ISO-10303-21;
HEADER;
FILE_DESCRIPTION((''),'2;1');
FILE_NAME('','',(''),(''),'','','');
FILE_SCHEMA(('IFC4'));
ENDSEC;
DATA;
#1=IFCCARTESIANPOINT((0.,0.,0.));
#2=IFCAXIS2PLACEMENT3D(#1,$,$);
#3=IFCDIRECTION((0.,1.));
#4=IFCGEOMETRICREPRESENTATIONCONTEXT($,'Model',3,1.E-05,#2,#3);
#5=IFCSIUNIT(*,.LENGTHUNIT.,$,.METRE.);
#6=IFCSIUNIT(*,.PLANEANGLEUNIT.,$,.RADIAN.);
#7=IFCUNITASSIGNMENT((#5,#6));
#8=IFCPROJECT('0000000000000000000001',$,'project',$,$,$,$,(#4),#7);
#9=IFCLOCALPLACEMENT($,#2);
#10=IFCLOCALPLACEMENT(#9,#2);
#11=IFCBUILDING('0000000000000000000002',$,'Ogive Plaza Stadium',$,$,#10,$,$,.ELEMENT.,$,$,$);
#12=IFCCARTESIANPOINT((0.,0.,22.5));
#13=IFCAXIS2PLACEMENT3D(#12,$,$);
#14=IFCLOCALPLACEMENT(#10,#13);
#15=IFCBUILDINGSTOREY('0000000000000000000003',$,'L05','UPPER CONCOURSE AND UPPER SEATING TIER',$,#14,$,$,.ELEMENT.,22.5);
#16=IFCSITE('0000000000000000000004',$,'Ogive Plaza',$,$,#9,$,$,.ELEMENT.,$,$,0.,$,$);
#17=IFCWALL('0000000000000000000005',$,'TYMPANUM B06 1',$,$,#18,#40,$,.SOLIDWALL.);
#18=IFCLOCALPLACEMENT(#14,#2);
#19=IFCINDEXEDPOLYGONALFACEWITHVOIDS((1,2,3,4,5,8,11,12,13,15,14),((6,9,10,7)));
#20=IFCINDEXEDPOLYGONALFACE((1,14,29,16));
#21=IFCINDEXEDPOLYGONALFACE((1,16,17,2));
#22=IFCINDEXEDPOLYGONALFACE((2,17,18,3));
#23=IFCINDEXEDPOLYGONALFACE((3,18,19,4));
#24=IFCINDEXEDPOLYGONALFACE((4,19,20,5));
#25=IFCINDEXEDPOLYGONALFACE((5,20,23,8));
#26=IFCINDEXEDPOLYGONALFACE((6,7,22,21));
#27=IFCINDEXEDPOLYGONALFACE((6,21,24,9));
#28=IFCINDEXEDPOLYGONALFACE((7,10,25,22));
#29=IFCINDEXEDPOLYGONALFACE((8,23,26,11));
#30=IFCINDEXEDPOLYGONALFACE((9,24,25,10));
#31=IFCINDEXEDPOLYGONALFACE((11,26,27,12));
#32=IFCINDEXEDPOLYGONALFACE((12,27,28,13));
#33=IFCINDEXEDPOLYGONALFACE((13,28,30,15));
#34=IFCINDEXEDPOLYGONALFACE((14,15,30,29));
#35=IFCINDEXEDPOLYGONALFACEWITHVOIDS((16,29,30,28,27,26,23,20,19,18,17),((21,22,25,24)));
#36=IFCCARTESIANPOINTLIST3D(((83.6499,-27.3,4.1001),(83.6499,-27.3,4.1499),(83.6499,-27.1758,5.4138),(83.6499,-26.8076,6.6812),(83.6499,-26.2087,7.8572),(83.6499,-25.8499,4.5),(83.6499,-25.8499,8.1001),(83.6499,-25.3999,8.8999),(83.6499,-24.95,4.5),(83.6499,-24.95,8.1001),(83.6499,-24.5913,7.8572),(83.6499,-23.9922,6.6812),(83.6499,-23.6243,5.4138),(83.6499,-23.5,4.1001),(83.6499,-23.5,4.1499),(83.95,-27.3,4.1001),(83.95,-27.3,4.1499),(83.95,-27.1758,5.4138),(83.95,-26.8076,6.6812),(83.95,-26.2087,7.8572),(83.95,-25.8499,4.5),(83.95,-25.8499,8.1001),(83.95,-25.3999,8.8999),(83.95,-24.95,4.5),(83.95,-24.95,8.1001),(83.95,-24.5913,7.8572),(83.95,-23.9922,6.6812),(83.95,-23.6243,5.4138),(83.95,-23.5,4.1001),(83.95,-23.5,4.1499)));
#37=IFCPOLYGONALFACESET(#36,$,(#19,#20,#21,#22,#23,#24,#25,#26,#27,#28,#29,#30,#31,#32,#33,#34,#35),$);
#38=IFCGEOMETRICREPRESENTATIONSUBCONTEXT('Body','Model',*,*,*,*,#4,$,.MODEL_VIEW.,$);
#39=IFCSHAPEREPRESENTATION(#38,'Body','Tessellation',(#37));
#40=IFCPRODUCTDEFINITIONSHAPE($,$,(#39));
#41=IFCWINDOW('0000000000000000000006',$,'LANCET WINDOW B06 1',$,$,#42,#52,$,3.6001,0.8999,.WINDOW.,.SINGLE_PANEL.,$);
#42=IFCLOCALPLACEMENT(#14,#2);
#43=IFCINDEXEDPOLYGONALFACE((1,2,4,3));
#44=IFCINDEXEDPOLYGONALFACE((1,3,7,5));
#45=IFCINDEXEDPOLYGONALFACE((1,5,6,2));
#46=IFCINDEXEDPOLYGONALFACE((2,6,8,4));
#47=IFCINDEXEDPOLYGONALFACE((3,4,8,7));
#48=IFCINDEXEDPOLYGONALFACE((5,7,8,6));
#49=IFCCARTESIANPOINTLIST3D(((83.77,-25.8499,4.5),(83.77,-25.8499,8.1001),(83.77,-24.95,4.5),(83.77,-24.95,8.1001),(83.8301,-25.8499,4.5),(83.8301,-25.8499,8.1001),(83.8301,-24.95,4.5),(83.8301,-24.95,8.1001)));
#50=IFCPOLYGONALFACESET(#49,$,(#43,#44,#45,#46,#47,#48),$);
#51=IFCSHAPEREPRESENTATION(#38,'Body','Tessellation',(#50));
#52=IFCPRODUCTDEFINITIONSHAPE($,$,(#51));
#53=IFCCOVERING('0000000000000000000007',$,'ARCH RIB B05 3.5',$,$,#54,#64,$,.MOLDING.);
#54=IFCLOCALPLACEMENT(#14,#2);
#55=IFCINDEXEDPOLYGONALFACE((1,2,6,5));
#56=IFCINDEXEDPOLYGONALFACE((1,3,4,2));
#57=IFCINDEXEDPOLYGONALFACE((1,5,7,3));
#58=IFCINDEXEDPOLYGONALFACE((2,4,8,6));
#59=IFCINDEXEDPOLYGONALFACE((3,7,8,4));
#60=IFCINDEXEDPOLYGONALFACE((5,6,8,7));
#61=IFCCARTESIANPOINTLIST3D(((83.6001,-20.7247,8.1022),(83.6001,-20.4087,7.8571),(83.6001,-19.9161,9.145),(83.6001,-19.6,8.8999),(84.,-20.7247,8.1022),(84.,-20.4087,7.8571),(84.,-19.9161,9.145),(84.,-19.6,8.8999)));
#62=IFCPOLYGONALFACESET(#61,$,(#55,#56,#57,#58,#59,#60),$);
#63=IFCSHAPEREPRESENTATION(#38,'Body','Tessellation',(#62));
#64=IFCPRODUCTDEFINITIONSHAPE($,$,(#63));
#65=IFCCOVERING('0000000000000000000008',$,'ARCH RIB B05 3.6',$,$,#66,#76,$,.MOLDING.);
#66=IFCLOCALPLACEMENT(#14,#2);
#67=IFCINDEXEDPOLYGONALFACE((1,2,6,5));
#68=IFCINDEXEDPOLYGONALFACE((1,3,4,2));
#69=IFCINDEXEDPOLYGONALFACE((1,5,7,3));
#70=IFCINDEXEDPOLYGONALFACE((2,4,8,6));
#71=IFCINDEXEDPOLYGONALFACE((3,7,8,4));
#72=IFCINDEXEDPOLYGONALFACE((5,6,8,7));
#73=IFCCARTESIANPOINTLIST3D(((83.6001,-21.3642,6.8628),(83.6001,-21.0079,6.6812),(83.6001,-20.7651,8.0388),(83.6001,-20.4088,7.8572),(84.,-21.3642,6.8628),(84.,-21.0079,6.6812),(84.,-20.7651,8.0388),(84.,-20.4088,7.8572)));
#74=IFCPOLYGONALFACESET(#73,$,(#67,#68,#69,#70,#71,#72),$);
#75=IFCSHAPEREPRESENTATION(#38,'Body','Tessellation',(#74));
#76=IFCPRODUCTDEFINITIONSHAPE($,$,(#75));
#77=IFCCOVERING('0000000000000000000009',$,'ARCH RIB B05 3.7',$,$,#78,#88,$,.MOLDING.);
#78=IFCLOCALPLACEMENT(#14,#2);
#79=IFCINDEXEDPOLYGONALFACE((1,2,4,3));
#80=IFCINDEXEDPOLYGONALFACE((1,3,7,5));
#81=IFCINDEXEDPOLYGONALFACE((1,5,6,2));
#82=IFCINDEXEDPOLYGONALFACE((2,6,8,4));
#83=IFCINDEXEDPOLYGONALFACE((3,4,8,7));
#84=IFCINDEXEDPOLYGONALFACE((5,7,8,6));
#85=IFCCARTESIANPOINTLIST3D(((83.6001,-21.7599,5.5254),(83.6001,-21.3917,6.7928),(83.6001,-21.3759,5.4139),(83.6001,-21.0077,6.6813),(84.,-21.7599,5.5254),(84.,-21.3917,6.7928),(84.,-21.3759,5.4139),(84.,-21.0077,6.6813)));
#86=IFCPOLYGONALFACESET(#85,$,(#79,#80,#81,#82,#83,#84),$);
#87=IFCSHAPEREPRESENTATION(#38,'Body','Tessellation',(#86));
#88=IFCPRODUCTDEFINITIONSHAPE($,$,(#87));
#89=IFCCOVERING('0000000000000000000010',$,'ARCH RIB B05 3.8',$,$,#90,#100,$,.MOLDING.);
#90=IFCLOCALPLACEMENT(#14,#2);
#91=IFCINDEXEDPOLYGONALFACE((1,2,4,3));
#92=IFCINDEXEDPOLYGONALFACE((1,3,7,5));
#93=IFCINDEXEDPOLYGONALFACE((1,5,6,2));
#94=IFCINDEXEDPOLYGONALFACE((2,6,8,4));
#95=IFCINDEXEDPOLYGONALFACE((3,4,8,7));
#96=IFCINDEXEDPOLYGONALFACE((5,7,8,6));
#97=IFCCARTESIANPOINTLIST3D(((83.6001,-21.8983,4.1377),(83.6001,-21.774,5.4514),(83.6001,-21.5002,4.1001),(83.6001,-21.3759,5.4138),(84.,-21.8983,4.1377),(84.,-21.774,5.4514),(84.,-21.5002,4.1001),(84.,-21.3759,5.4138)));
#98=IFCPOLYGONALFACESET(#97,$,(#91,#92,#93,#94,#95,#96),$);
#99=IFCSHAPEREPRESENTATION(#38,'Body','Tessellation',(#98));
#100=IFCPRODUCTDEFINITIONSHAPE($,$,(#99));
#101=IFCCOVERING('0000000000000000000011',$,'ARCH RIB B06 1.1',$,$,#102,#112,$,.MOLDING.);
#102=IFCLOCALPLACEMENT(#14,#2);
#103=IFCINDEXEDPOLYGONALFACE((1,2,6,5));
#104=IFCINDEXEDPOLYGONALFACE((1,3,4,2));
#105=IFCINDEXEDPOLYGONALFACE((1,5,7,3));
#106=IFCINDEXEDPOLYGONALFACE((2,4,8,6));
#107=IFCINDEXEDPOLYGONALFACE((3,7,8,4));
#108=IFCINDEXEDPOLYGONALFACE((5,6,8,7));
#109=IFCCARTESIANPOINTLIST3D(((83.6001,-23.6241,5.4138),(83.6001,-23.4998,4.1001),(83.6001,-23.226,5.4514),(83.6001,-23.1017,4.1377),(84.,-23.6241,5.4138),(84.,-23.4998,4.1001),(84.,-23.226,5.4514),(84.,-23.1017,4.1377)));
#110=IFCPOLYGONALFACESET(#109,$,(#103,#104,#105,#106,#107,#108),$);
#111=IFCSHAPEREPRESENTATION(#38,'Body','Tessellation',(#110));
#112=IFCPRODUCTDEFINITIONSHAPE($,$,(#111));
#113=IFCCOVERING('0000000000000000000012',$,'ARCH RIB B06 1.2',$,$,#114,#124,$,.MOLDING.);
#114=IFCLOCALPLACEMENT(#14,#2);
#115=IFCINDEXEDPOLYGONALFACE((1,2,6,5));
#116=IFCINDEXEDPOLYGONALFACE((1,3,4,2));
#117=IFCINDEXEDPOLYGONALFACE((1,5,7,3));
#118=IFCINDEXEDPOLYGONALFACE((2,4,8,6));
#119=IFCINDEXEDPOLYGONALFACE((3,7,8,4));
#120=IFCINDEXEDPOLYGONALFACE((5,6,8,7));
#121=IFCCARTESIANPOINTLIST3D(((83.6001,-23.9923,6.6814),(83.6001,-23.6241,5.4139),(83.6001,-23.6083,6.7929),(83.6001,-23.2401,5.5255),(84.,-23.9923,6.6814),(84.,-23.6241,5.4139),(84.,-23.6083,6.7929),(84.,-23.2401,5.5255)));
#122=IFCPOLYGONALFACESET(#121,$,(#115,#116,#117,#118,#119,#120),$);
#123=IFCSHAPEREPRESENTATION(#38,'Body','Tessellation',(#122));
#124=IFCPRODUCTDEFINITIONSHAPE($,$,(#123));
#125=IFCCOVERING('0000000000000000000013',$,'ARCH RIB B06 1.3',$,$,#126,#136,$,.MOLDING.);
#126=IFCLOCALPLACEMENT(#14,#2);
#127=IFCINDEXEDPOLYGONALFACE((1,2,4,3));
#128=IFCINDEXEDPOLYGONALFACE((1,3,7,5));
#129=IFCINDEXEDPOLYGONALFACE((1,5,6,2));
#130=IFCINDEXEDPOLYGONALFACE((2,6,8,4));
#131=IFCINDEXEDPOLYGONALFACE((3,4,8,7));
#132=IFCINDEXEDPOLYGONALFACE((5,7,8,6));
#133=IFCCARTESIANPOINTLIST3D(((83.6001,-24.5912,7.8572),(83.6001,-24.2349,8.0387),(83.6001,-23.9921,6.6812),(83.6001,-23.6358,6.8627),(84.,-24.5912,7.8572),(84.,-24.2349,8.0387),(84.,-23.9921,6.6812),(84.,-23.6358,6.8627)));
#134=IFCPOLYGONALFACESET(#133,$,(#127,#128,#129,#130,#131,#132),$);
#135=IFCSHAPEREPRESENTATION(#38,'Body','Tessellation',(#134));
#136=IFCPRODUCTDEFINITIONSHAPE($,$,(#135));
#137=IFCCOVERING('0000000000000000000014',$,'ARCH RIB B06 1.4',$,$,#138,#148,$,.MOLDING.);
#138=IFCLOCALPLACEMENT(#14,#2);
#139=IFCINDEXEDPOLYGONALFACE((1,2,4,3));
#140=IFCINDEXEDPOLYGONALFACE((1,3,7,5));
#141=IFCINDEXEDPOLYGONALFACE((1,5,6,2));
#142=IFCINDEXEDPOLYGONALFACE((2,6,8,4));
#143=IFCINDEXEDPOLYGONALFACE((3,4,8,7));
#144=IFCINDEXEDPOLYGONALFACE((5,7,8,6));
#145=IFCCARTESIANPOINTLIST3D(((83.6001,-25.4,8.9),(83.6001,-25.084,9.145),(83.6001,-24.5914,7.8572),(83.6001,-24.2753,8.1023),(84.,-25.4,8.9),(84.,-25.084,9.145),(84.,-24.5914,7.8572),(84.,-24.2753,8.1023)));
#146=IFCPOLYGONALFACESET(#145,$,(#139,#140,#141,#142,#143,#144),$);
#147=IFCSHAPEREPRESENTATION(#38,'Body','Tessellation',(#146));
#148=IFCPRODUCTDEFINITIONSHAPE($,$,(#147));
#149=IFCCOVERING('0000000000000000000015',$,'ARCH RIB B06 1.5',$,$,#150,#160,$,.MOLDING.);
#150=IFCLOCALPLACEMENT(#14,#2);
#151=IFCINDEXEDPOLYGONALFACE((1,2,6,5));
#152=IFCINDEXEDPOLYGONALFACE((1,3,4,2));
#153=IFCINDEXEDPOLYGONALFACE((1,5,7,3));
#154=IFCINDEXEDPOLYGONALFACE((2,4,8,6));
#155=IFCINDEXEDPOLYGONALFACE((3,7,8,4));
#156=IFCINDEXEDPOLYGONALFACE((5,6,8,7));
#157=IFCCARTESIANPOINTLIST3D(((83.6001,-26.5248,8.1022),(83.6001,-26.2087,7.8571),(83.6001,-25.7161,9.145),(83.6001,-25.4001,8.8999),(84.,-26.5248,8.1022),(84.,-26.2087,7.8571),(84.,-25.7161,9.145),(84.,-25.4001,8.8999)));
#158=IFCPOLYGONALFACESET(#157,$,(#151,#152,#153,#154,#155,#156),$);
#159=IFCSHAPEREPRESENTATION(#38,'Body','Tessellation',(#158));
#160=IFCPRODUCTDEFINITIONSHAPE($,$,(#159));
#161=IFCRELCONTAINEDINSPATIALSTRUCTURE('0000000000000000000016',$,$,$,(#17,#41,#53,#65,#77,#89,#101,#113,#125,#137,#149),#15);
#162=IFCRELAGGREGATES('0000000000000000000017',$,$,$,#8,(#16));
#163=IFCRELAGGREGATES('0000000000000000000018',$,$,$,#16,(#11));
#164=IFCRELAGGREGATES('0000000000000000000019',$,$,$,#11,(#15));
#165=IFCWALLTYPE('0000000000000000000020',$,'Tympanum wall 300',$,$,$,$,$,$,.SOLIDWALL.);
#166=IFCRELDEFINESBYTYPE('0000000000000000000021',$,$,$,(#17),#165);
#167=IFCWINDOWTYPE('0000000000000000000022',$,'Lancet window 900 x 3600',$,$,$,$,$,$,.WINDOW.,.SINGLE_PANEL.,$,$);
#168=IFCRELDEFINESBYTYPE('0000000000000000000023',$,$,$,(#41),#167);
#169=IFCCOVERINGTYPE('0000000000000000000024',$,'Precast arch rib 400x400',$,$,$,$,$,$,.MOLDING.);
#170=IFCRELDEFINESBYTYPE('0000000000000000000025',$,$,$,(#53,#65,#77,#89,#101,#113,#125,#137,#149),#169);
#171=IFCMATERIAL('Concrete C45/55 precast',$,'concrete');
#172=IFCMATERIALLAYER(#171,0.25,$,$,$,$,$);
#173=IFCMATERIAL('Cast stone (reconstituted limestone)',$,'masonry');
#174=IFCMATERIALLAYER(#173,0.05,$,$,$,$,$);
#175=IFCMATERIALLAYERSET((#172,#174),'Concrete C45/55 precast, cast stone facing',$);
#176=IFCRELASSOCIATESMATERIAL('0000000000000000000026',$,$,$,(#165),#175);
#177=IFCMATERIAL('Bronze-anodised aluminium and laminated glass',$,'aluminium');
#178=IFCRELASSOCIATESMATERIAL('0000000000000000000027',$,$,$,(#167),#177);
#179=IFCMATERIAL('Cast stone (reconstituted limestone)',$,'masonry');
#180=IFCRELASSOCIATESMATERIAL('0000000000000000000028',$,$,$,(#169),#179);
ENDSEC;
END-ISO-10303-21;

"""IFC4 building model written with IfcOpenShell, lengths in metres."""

from ifc_helpers import new_model, si_unit, direction, frame, frame_2d, origin, origin_2d, place, context, subcontext, project, spatial, polyline, rectangle, outline, extrude, material, layer, layer_set, material_profile, profile_set, type_object, element, fill, save


model = new_model("IFC4")

# Units and contexts
model_context = context("Model", 3, precision=1e-05, world=origin(), true_north=direction((0.0, 1.0)))
body_context = subcontext(model_context, "Body", "Model", "MODEL_VIEW")
ifc_project = project(units=[si_unit("LENGTHUNIT", "METRE"), si_unit("PLANEANGLEUNIT", "RADIAN")], contexts=[model_context])

# Site, building, storey
site_placement = place(None, origin())
site = spatial("IfcSite", under=ifc_project, at=site_placement, Name="Ogive Plaza", CompositionType="ELEMENT", RefElevation=0.0)
building_placement = place(site_placement, origin())
building = spatial("IfcBuilding", under=site, at=building_placement, Name="Ogive Plaza Stadium", CompositionType="ELEMENT")
storey_placement = place(building_placement, frame((0.0, 0.0, 22.5)))
storey = spatial("IfcBuildingStorey", under=building, at=storey_placement, Name="L05", Description="UPPER CONCOURSE AND UPPER SEATING TIER", CompositionType="ELEMENT", Elevation=22.5)

# Wall, opening, window
ifc_material_1 = material(Name="Concrete C45/55 precast", Category="concrete")
ifc_layer_1 = layer(ifc_material_1, 0.25)
ifc_material_2 = material(Name="Cast stone (reconstituted limestone)", Category="masonry")
ifc_layer_2 = layer(ifc_material_2, 0.05)
ifc_layer_set_1 = layer_set([ifc_layer_1, ifc_layer_2], Name="Concrete C45/55 precast, cast stone facing")
wall_type = type_object("IfcWallType", Name="Tympanum wall 300", PredefinedType="SOLIDWALL", material=ifc_layer_set_1)
wall_placement = place(storey_placement, frame((83.8, -23.5, 4.1001), z_axis=(0.0, 0.0, 1.0), x_axis=(0.0, -1.0, 0.0)))
wall = element("IfcWall", 1, at=wall_placement, inside=storey, type_object=wall_type, Name="TYMPANUM B06 1", PredefinedType="SOLIDWALL", context=body_context, shape_type="SweptSolid", body=[
    extrude(outline(polyline([(0.0, 0.0), (3.8, 0.0), (3.8, 0.0498), (3.6758, 1.3137), (3.3076, 2.5811), (2.7087, 3.7571), (1.8999, 4.7998), (1.0913, 3.7571), (0.4922, 2.5811), (0.1243, 1.3137), (0.0, 0.0498), (0.0, 0.0)])), frame((0.0, 0.1499, 0.0), z_axis=(0.0, -1.0, 0.0), x_axis=(1.0, 0.0, 0.0)), (0.0, 0.0, 1.0), 0.3),
])
opening_placement = place(wall_placement, frame((1.45, 0.0, 0.3999)))
opening = element("IfcOpeningElement", 2, at=opening_placement, cuts=wall, PredefinedType="OPENING", context=body_context, shape_type="SweptSolid", body=[
    extrude(rectangle(XDim=0.8999, YDim=3.6001, at=frame_2d((0.45, 1.8))), frame((0.0, 0.1602, 0.0), z_axis=(0.0, -1.0, 0.0), x_axis=(1.0, 0.0, 0.0)), (0.0, 0.0, 1.0), 0.3201),
])
ifc_material_3 = material(Name="Bronze-anodised aluminium and laminated glass", Category="aluminium")
window_type = type_object("IfcWindowType", Name="Lancet window 900 x 3600", PartitioningType="SINGLE_PANEL", PredefinedType="WINDOW", material=ifc_material_3)
window_placement = place(opening_placement, origin())
window = element("IfcWindow", 3, at=window_placement, inside=storey, type_object=window_type, Name="LANCET WINDOW B06 1", OverallHeight=3.6001, OverallWidth=0.8999, PartitioningType="SINGLE_PANEL", PredefinedType="WINDOW", context=body_context, shape_type="SweptSolid", body=[
    extrude(rectangle(XDim=0.8999, YDim=3.6001, at=frame_2d((0.45, 1.8))), frame((0.0, 0.03, 0.0), z_axis=(0.0, -1.0, 0.0), x_axis=(1.0, 0.0, 0.0)), (0.0, 0.0, 1.0), 0.0601),
])
fill(opening, window)

# Coverings
ifc_material_4 = material(Name="Cast stone (reconstituted limestone)", Category="masonry")
ifc_material_profile_1 = material_profile(ifc_material_4, rectangle(XDim=0.3999, YDim=0.3999, at=origin_2d()), Name="Cast stone 400x400")
ifc_profile_set_1 = profile_set([ifc_material_profile_1], Name="Cast stone (reconstituted limestone)")
covering_type = type_object("IfcCoveringType", Name="Precast arch rib 400x400", PredefinedType="MOLDING", material=ifc_profile_set_1)
covering_placement = place(storey_placement, frame((83.8, -19.7581, 9.0225), z_axis=(0.0, -0.6128, -0.790238), x_axis=(1.0, 0.0, 0.0)))
element("IfcCovering", 4, at=covering_placement, inside=storey, type_object=covering_type, Name="ARCH RIB B05 3.5", PredefinedType="MOLDING", context=body_context, shape_type="SweptSolid", body=[
    extrude(rectangle(XDim=0.3999, YDim=0.3999, at=origin_2d()), origin(), (0.0, 0.0, 1.0), 1.3196),
])
for number, where, z_axis, x_axis, name in (
    (5, (83.8, -20.5869, 7.948), (0.0, -0.453934, -0.891035), (1.0, 0.0, 0.0), "ARCH RIB B05 3.6"),
    (6, (83.8, -21.1997, 6.7371), (0.0, -0.27897, -0.9603), (1.0, 0.0, 0.0), "ARCH RIB B05 3.7"),
):
    element("IfcCovering", number, at=place(storey_placement, frame(where, z_axis=z_axis, x_axis=x_axis)), inside=storey, type_object=covering_type, Name=name, PredefinedType="MOLDING", context=body_context, shape_type="SweptSolid", body=[
        extrude(rectangle(XDim=0.3999, YDim=0.3999, at=origin_2d()), origin(), (0.0, 0.0, 1.0), 1.3198),
    ])
for number, where, z_axis, x_axis, name in (
    (7, (83.8, -21.575, 5.4326), (0.0, -0.094172, -0.995556), (1.0, 0.0, 0.0), "ARCH RIB B05 3.8"),
    (8, (83.8, -23.3008, 4.1189), (0.0, -0.094172, 0.995556), (1.0, 0.0, 0.0), "ARCH RIB B06 1.1"),
):
    element("IfcCovering", number, at=place(storey_placement, frame(where, z_axis=z_axis, x_axis=x_axis)), inside=storey, type_object=covering_type, Name=name, PredefinedType="MOLDING", context=body_context, shape_type="SweptSolid", body=[
        extrude(rectangle(XDim=0.3999, YDim=0.3999, at=origin_2d()), origin(), (0.0, 0.0, 1.0), 1.3196),
    ])
for number, where, z_axis, x_axis, name in (
    (9, (83.8, -23.4321, 5.4697), (0.0, -0.27897, 0.9603), (1.0, 0.0, 0.0), "ARCH RIB B06 1.2"),
    (10, (83.8, -23.814, 6.772), (0.0, -0.453934, 0.891035), (1.0, 0.0, 0.0), "ARCH RIB B06 1.3"),
):
    element("IfcCovering", number, at=place(storey_placement, frame(where, z_axis=z_axis, x_axis=x_axis)), inside=storey, type_object=covering_type, Name=name, PredefinedType="MOLDING", context=body_context, shape_type="SweptSolid", body=[
        extrude(rectangle(XDim=0.3999, YDim=0.3999, at=origin_2d()), origin(), (0.0, 0.0, 1.0), 1.3198),
    ])
for number, where, z_axis, x_axis, name in (
    (11, (83.8, -24.4333, 7.9797), (0.0, -0.6128, 0.790238), (1.0, 0.0, 0.0), "ARCH RIB B06 1.4"),
    (12, (83.8, -25.5581, 9.0225), (0.0, -0.6128, -0.790238), (1.0, 0.0, 0.0), "ARCH RIB B06 1.5"),
):
    element("IfcCovering", number, at=place(storey_placement, frame(where, z_axis=z_axis, x_axis=x_axis)), inside=storey, type_object=covering_type, Name=name, PredefinedType="MOLDING", context=body_context, shape_type="SweptSolid", body=[
        extrude(rectangle(XDim=0.3999, YDim=0.3999, at=origin_2d()), origin(), (0.0, 0.0, 1.0), 1.3196),
    ])

save(model, "model.ifc")
